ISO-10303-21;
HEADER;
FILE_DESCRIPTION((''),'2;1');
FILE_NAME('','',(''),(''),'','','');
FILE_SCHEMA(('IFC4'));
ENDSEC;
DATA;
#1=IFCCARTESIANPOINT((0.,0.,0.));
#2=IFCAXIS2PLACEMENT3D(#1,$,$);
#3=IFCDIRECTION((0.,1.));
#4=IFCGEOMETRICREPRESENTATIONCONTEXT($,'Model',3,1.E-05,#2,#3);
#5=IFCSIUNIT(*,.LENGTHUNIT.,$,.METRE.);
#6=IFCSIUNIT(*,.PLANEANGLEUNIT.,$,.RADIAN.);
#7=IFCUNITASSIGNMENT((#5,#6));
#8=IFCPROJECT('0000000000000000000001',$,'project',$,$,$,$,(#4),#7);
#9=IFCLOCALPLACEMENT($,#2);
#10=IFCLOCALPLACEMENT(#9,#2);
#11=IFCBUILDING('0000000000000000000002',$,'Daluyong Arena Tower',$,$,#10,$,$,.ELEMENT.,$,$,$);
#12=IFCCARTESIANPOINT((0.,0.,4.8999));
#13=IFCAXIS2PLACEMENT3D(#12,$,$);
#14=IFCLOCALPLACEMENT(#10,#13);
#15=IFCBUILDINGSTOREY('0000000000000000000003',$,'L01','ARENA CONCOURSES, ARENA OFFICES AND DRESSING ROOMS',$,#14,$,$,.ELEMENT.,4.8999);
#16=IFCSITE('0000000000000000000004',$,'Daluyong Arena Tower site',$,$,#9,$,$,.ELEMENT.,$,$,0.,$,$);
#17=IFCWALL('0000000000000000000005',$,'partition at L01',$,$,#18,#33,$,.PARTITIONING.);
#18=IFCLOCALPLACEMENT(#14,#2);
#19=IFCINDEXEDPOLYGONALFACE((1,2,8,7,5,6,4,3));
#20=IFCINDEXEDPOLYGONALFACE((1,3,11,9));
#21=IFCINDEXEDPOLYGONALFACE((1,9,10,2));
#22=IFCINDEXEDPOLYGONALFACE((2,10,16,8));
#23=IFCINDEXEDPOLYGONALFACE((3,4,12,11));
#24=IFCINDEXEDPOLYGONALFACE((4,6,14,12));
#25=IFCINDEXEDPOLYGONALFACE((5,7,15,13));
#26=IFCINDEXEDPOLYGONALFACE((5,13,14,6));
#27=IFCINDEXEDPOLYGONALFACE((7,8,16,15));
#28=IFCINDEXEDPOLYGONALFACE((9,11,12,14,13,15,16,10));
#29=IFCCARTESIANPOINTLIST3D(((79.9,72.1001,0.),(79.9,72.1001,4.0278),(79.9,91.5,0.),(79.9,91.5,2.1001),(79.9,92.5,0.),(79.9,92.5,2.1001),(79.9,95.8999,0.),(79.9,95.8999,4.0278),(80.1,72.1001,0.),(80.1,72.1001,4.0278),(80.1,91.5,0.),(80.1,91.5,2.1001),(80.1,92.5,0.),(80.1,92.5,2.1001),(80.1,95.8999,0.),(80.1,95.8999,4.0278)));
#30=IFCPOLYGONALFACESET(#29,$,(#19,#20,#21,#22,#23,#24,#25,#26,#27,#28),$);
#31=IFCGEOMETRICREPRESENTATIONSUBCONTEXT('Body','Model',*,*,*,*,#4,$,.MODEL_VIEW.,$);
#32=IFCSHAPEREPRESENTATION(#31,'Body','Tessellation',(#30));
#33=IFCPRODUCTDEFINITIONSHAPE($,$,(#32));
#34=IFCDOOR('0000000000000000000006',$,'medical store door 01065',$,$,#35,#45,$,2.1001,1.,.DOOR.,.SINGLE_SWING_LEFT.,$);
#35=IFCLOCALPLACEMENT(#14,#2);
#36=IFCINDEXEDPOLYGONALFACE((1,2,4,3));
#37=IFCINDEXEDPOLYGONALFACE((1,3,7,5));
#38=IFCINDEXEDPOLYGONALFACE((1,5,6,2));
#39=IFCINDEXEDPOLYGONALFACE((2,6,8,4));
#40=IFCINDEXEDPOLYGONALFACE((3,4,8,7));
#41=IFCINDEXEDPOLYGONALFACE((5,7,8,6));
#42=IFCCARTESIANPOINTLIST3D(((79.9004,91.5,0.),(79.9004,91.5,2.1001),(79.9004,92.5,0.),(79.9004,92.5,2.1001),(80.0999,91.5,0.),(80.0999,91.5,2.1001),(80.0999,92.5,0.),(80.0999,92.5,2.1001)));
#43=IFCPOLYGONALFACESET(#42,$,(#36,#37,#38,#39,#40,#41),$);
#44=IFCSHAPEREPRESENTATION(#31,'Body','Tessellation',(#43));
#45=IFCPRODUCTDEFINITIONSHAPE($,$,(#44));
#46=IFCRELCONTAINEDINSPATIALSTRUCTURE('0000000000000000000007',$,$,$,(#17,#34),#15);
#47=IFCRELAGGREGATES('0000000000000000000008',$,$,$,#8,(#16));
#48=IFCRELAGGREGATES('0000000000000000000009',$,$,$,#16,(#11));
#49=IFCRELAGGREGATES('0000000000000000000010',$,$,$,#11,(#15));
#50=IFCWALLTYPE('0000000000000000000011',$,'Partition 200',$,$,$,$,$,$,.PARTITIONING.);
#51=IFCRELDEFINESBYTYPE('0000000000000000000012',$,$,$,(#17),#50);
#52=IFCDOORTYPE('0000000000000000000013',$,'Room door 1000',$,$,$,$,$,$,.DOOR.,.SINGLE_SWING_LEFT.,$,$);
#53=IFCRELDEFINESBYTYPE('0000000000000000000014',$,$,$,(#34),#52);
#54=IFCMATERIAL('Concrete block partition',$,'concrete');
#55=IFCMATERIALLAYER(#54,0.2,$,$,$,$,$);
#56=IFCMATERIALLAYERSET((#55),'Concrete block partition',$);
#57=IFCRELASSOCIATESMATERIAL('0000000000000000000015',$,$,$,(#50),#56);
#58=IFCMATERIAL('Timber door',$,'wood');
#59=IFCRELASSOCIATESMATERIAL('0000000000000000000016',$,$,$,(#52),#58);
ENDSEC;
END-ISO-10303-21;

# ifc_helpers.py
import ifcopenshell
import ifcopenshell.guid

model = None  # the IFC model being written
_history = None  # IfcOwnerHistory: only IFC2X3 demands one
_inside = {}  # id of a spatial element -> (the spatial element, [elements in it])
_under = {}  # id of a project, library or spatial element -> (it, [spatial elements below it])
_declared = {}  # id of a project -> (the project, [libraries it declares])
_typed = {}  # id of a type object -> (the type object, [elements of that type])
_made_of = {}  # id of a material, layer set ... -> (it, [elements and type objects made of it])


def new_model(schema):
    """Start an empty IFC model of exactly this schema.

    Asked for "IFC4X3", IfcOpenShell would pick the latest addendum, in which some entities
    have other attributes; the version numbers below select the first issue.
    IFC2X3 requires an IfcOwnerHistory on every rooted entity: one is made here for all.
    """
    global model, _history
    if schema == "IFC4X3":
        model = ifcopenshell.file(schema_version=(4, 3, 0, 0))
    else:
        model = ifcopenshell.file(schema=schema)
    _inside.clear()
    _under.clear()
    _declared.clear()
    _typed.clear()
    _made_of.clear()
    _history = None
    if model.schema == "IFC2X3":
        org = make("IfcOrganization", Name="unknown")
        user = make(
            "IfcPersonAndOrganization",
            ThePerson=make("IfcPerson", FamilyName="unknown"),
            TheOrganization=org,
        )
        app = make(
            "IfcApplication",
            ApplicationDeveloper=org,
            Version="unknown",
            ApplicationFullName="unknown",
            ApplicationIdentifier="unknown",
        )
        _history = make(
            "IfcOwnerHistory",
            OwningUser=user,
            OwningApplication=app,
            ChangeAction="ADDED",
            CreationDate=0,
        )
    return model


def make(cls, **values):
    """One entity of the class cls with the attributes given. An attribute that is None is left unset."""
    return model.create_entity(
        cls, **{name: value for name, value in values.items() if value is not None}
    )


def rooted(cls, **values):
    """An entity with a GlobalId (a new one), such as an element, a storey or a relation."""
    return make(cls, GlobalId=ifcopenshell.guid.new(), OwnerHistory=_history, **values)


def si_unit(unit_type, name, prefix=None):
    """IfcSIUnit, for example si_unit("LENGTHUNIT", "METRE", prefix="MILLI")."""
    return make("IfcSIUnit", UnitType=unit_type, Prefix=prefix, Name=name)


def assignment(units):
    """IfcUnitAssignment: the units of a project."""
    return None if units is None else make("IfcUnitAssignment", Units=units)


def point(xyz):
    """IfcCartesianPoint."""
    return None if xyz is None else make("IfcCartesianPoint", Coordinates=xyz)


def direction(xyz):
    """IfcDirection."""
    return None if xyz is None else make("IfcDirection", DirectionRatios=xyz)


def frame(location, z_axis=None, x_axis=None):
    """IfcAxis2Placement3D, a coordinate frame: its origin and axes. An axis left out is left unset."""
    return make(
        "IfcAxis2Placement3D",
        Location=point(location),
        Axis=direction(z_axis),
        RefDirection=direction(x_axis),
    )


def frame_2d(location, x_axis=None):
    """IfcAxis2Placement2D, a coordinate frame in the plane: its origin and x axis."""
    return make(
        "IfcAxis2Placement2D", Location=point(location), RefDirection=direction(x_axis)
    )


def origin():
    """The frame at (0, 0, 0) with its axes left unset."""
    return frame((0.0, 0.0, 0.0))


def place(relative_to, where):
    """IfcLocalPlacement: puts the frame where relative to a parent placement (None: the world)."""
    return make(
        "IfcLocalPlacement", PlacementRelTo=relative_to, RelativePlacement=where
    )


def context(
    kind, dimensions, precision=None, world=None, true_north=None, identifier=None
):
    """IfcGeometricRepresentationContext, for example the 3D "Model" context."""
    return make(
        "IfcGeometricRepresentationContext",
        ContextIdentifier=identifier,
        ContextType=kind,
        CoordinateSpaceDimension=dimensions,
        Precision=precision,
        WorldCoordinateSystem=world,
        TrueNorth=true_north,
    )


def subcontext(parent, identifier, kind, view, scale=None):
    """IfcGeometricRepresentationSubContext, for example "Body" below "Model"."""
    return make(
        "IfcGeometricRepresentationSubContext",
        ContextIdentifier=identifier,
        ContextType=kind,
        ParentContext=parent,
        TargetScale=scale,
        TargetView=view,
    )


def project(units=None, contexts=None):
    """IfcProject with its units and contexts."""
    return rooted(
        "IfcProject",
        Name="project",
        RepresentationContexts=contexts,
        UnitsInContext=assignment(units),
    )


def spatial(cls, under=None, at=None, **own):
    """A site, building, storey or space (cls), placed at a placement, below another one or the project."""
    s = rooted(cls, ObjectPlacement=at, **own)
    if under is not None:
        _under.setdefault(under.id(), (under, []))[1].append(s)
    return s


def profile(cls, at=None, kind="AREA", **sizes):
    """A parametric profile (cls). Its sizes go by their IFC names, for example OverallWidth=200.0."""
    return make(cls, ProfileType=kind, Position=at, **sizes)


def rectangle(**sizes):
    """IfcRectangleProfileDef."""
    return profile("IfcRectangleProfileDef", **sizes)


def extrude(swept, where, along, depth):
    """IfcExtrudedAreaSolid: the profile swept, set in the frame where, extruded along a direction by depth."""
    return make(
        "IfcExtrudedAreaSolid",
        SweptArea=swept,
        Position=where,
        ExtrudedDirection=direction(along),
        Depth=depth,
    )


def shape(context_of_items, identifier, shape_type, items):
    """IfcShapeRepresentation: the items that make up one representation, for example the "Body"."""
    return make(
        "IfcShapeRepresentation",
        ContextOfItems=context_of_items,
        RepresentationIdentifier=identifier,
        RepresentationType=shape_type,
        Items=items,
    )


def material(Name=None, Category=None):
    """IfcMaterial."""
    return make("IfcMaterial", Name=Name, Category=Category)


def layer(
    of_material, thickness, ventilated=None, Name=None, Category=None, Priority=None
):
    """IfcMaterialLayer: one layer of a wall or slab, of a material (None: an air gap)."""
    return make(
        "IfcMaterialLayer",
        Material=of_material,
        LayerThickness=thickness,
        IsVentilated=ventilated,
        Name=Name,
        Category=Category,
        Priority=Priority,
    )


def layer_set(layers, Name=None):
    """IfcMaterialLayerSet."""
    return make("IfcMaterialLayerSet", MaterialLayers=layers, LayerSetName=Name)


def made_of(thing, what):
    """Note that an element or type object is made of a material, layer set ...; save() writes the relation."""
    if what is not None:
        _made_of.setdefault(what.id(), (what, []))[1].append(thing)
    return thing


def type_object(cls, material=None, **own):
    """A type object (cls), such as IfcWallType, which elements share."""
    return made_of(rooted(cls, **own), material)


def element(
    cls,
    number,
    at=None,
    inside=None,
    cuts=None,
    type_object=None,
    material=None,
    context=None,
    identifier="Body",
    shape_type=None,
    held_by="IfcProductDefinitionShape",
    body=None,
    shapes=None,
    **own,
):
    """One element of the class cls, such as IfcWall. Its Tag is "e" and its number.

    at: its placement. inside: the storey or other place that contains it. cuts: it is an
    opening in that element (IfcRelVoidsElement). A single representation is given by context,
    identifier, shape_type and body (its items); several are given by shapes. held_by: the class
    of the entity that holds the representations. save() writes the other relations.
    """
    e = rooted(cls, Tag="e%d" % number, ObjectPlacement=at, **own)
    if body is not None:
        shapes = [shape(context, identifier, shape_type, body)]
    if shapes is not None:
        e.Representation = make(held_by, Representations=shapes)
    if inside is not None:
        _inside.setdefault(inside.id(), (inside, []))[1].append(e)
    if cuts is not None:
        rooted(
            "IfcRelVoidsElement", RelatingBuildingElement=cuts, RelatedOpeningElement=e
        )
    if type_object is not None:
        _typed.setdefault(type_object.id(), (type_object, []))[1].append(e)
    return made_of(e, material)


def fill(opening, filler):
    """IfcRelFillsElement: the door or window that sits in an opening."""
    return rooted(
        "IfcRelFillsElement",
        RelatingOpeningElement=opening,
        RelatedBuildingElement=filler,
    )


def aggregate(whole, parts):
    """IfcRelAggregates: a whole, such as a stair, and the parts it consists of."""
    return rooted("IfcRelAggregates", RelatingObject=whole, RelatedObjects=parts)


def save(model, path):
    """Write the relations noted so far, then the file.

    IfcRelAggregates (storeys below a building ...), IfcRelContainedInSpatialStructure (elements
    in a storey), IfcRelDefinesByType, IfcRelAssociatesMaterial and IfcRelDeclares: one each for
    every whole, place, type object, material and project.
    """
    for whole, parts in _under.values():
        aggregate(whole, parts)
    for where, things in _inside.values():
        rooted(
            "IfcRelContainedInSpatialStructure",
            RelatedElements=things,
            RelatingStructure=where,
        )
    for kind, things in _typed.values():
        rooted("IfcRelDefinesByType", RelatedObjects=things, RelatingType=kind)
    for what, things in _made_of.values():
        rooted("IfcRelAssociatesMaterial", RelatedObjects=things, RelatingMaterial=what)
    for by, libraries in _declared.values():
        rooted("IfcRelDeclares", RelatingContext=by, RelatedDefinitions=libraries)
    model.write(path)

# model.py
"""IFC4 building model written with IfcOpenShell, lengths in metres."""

from ifc_helpers import new_model, si_unit, direction, frame, frame_2d, origin, place, context, subcontext, project, spatial, rectangle, extrude, material, layer, layer_set, type_object, element, fill, save


model = new_model("IFC4")

# Units and contexts
model_context = context("Model", 3, precision=1e-05, world=origin(), true_north=direction((0.0, 1.0)))
body_context = subcontext(model_context, "Body", "Model", "MODEL_VIEW")
ifc_project = project(units=[si_unit("LENGTHUNIT", "METRE"), si_unit("PLANEANGLEUNIT", "RADIAN")], contexts=[model_context])

# Site, building, storey
site_placement = place(None, origin())
site = spatial("IfcSite", under=ifc_project, at=site_placement, Name="Daluyong Arena Tower site", CompositionType="ELEMENT", RefElevation=0.0)
building_placement = place(site_placement, origin())
building = spatial("IfcBuilding", under=site, at=building_placement, Name="Daluyong Arena Tower", CompositionType="ELEMENT")
storey_placement = place(building_placement, frame((0.0, 0.0, 4.8999)))
storey = spatial("IfcBuildingStorey", under=building, at=storey_placement, Name="L01", Description="ARENA CONCOURSES, ARENA OFFICES AND DRESSING ROOMS", CompositionType="ELEMENT", Elevation=4.8999)

# Shared definitions
ifc_material_1 = material(Name="Concrete block partition", Category="concrete")
ifc_layer = layer(ifc_material_1, 0.2)
ifc_layer_set = layer_set([ifc_layer], Name="Concrete block partition")
wall_type = type_object("IfcWallType", Name="Partition 200", PredefinedType="PARTITIONING", material=ifc_layer_set)
ifc_material_2 = material(Name="Timber door", Category="wood")
door_type = type_object("IfcDoorType", Name="Room door 1000", OperationType="SINGLE_SWING_LEFT", PredefinedType="DOOR", material=ifc_material_2)

# Wall, opening, door
wall_1_placement = place(storey_placement, frame((80.0, 72.1001, 0.0), z_axis=(0.0, 0.0, 1.0), x_axis=(0.0, 1.0, 0.0)))
wall_1 = element("IfcWall", 1, at=wall_1_placement, inside=storey, type_object=wall_type, Name="partition at L01", PredefinedType="PARTITIONING", context=body_context, shape_type="SweptSolid", body=[
    extrude(rectangle(XDim=23.7998, YDim=0.2, at=frame_2d((11.8999, 0.0))), origin(), (0.0, 0.0, 1.0), 4.0278),
])
opening_1_placement = place(wall_1_placement, frame((19.3999, 0.0, 0.0)))
opening_1 = element("IfcOpeningElement", 2, at=opening_1_placement, cuts=wall_1, PredefinedType="OPENING", context=body_context, shape_type="SweptSolid", body=[
    extrude(rectangle(XDim=1.0, YDim=2.1001, at=frame_2d((0.5, 1.05))), frame((0.0, 0.1099, 0.0), z_axis=(0.0, -1.0, 0.0), x_axis=(1.0, 0.0, 0.0)), (0.0, 0.0, 1.0), 0.22),
])
door_1_placement = place(opening_1_placement, origin())
door_1 = element("IfcDoor", 3, at=door_1_placement, inside=storey, type_object=door_type, Name="medical store door 01065", OperationType="SINGLE_SWING_LEFT", OverallHeight=2.1001, OverallWidth=1.0, PredefinedType="DOOR", context=body_context, shape_type="SweptSolid", body=[
    extrude(rectangle(XDim=1.0, YDim=2.1001, at=frame_2d((0.5, 1.05))), frame((0.0, 0.0996, 0.0), z_axis=(0.0, -1.0, 0.0), x_axis=(1.0, 0.0, 0.0)), (0.0, 0.0, 1.0), 0.1995),
])
fill(opening_1, door_1)

save(model, "model.ifc")
